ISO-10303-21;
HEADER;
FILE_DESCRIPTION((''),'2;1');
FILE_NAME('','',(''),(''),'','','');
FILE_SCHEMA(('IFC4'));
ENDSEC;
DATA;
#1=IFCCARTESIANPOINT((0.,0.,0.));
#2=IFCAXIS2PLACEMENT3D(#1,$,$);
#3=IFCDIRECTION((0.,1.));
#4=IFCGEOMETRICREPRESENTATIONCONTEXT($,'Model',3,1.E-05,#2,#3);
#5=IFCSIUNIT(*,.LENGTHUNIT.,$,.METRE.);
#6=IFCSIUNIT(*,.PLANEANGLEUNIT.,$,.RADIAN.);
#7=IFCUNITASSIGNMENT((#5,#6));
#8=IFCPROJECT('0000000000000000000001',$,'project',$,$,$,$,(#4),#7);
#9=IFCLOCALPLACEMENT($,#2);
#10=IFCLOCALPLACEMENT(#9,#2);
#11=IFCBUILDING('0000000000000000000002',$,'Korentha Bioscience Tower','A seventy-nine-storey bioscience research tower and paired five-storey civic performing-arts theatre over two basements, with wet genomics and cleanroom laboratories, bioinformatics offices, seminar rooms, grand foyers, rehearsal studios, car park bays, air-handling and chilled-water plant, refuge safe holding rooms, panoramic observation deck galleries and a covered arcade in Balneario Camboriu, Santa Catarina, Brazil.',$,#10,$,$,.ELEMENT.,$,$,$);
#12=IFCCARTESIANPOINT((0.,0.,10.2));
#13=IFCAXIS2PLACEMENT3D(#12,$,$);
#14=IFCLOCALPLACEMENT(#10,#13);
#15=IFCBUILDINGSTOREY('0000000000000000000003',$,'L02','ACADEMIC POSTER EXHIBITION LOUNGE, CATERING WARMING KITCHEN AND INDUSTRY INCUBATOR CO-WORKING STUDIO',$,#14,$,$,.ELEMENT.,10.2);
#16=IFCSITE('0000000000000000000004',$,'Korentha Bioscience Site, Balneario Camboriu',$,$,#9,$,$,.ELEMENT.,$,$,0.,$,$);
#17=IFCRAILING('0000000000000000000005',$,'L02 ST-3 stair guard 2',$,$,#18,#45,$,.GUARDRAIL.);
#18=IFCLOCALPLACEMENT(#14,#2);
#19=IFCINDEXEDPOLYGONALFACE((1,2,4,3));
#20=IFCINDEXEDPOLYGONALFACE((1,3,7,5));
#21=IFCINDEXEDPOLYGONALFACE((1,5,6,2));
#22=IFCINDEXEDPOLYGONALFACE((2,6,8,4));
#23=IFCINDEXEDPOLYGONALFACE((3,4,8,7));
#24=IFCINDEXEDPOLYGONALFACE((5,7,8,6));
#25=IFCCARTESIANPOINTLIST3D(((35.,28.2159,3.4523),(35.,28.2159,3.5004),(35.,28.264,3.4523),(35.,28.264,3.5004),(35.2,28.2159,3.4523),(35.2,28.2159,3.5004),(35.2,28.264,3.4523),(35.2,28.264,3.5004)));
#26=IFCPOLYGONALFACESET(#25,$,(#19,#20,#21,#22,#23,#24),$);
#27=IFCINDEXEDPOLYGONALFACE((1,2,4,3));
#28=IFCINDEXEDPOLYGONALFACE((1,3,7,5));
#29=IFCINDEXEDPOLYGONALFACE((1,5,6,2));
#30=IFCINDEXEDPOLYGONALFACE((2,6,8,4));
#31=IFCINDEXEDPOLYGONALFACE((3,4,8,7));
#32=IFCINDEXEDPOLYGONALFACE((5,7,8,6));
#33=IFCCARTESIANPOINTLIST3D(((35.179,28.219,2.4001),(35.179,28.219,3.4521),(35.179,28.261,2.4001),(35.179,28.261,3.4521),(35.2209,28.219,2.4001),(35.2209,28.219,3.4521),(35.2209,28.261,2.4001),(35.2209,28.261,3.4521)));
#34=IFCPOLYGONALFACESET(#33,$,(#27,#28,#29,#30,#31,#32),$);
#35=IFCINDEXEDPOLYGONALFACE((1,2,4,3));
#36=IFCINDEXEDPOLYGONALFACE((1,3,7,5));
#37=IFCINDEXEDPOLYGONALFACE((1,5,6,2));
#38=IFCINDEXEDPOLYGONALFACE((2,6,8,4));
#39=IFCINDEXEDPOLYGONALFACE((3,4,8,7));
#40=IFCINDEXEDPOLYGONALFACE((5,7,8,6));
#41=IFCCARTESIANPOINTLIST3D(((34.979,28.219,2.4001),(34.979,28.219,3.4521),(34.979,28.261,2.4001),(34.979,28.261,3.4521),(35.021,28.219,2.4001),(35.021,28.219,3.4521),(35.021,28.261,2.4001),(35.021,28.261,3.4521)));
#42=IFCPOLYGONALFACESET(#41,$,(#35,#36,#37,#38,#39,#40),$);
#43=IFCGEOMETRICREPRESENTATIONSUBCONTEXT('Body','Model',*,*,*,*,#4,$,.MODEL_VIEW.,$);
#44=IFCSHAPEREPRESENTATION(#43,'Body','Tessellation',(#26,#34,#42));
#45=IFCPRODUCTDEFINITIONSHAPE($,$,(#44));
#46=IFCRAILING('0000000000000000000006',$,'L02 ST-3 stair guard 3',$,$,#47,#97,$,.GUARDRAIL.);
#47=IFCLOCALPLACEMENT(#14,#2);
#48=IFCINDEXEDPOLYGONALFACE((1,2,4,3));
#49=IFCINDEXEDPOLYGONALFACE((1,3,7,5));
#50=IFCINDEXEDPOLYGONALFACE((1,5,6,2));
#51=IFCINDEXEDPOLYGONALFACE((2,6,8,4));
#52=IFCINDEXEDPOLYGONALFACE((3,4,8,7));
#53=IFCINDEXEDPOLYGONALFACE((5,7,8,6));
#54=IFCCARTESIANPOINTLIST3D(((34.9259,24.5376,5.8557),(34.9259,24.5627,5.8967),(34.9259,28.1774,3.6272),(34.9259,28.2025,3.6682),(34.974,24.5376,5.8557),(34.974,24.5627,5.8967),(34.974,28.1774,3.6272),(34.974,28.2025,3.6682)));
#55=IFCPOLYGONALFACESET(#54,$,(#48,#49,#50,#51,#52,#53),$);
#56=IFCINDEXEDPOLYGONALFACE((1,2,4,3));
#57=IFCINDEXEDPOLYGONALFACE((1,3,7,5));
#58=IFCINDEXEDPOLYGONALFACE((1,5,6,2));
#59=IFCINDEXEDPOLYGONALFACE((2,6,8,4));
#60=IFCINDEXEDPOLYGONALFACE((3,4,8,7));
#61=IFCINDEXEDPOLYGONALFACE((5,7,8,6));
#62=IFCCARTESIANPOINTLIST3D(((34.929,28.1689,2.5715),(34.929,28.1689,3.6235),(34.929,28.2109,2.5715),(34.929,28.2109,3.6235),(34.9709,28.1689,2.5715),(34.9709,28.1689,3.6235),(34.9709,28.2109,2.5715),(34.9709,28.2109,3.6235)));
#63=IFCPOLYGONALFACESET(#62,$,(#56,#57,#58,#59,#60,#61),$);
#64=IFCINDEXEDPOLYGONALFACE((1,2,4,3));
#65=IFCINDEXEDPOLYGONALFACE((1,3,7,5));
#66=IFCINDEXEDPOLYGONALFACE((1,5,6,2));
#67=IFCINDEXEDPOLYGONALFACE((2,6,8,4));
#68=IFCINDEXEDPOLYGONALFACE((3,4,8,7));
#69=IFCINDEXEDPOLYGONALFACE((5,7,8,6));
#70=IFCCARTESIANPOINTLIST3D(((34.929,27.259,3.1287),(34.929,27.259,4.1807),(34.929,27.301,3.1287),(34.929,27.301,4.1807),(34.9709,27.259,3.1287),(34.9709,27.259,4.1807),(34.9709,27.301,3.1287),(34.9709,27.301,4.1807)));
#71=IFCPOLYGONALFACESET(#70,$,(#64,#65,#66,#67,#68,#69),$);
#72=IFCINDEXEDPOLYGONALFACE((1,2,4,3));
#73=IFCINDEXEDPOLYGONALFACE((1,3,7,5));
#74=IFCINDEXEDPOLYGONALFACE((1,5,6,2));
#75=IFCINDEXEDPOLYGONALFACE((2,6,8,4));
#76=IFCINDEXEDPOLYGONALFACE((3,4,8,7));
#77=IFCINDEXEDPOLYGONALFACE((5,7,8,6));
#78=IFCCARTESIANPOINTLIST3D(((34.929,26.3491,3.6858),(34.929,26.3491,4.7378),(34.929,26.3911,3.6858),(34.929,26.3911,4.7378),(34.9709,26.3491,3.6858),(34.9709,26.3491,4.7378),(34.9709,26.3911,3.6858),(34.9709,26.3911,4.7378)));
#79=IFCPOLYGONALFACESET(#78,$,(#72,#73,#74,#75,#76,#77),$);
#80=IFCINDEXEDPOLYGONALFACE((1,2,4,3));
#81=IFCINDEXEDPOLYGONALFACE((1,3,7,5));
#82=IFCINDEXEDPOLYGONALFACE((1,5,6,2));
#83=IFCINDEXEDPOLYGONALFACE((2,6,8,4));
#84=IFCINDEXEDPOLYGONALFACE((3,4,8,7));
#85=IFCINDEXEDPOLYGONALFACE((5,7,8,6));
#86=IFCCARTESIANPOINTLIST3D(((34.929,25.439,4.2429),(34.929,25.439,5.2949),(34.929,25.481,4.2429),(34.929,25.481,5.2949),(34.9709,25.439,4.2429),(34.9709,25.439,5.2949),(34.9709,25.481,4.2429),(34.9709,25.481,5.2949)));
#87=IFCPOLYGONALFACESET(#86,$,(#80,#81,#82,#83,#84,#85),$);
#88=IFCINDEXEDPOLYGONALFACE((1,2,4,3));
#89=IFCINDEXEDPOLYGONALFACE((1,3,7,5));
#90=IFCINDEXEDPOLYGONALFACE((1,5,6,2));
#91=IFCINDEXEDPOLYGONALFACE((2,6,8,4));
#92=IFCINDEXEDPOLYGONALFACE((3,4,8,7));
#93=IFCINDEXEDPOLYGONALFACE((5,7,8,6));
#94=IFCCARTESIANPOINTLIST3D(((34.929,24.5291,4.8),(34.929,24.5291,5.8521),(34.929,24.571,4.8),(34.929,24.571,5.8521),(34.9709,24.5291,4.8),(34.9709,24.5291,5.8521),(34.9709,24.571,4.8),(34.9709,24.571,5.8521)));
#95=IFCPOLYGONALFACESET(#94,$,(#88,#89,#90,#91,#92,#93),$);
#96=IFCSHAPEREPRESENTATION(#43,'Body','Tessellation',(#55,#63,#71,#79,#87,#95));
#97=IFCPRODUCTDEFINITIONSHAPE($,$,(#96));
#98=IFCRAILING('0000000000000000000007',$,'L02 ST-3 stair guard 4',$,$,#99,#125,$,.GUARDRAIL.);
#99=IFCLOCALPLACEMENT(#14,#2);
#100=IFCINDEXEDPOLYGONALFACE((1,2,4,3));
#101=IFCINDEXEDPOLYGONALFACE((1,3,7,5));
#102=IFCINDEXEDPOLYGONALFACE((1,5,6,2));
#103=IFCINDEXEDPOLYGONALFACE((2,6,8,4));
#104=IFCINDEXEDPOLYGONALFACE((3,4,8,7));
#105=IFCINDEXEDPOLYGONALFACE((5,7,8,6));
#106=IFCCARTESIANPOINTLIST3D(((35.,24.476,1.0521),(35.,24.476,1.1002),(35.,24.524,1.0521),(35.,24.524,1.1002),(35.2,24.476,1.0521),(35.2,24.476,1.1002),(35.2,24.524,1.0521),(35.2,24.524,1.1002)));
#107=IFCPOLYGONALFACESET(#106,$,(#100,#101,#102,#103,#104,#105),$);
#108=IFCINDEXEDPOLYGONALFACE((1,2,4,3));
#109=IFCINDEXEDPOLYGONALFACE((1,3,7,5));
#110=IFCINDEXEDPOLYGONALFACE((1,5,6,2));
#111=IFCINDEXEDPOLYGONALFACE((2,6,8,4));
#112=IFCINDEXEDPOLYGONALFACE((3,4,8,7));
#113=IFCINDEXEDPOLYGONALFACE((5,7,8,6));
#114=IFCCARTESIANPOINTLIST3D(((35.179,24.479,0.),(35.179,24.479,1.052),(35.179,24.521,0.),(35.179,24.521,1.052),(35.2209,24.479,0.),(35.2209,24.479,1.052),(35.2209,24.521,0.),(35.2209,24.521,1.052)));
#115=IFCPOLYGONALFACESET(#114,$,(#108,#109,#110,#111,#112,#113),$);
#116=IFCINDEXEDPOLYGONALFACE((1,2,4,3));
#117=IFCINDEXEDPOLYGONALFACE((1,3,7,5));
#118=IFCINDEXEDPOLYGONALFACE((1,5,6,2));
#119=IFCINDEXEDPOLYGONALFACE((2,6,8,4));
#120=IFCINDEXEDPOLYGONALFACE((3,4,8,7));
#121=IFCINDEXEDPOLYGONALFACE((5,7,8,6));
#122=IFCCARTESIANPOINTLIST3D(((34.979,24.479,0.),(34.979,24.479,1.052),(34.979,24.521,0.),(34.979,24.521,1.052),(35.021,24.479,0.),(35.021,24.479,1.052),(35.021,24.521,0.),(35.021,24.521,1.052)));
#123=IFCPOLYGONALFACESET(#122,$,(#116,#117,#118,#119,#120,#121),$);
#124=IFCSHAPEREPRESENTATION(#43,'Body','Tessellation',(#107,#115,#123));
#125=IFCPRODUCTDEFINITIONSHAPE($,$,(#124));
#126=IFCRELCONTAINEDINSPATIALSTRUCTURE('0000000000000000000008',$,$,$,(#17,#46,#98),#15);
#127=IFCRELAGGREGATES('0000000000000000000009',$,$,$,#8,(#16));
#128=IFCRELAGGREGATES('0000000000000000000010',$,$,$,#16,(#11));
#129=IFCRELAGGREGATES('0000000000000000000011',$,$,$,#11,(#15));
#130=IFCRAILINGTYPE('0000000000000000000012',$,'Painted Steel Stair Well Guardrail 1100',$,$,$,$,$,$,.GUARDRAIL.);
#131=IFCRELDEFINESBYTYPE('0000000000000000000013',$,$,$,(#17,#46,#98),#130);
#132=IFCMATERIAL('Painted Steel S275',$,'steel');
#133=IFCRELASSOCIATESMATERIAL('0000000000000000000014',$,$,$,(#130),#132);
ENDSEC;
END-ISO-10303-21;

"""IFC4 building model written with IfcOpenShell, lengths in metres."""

from ifc_helpers import new_model, si_unit, direction, frame, origin, origin_2d, place, context, subcontext, project, spatial, rectangle, extrude, material, type_object, element, save


model = new_model("IFC4")

# Units and contexts
model_context = context("Model", 3, precision=1e-05, world=origin(), true_north=direction((0.0, 1.0)))
body_context = subcontext(model_context, "Body", "Model", "MODEL_VIEW")
ifc_project = project(units=[si_unit("LENGTHUNIT", "METRE"), si_unit("PLANEANGLEUNIT", "RADIAN")], contexts=[model_context])

# Site, building, storey
site_placement = place(None, origin())
site = spatial("IfcSite", under=ifc_project, at=site_placement, Name="Korentha Bioscience Site, Balneario Camboriu", CompositionType="ELEMENT", RefElevation=0.0)
building_placement = place(site_placement, origin())
building = spatial("IfcBuilding", under=site, at=building_placement, Name="Korentha Bioscience Tower", Description="A seventy-nine-storey bioscience research tower and paired five-storey civic performing-arts theatre over two basements, with wet genomics and cleanroom laboratories, bioinformatics offices, seminar rooms, grand foyers, rehearsal studios, car park bays, air-handling and chilled-water plant, refuge safe holding rooms, panoramic observation deck galleries and a covered arcade in Balneario Camboriu, Santa Catarina, Brazil.", CompositionType="ELEMENT")
storey_placement = place(building_placement, frame((0.0, 0.0, 10.2)))
storey = spatial("IfcBuildingStorey", under=building, at=storey_placement, Name="L02", Description="ACADEMIC POSTER EXHIBITION LOUNGE, CATERING WARMING KITCHEN AND INDUSTRY INCUBATOR CO-WORKING STUDIO", CompositionType="ELEMENT", Elevation=10.2)

# Railings
ifc_material_1 = material(Name="Painted Steel S275", Category="steel")
railing_type_1 = type_object("IfcRailingType", Name="Painted Steel Stair Well Guardrail 1100", PredefinedType="GUARDRAIL", material=ifc_material_1)
railing_1_placement = place(storey_placement, frame((35.2, 28.24, 2.4001)))
element("IfcRailing", 1, at=railing_1_placement, inside=storey, type_object=railing_type_1, Name="L02 ST-3 stair guard 2", PredefinedType="GUARDRAIL", context=body_context, shape_type="SweptSolid", body=[
    extrude(rectangle(XDim=0.0481, YDim=0.0481, at=origin_2d()), frame((0.0, 0.0, 1.0762), z_axis=(-1.0, 0.0, 0.0), x_axis=(0.0, -1.0, 0.0)), (0.0, 0.0, 1.0), 0.2),
    extrude(rectangle(XDim=0.042, YDim=0.042, at=origin_2d()), origin(), (0.0, 0.0, 1.0), 1.052),
    extrude(rectangle(XDim=0.042, YDim=0.042, at=origin_2d()), frame((-0.2, 0.0, 0.0)), (0.0, 0.0, 1.0), 1.052),
])
railing_2_placement = place(storey_placement, frame((34.95, 28.1899, 2.5715)))
element("IfcRailing", 2, at=railing_2_placement, inside=storey, type_object=railing_type_1, Name="L02 ST-3 stair guard 3", PredefinedType="GUARDRAIL", context=body_context, shape_type="SweptSolid", body=[
    extrude(rectangle(XDim=0.0481, YDim=0.0481, at=origin_2d()), frame((0.0, 0.0, 1.0762), z_axis=(0.0, -0.85285, 0.522156), x_axis=(1.0, 0.0, 0.0)), (0.0, 0.0, 1.0), 4.2678),
    extrude(rectangle(XDim=0.042, YDim=0.042, at=origin_2d()), origin(), (0.0, 0.0, 1.0), 1.052),
    extrude(rectangle(XDim=0.042, YDim=0.042, at=origin_2d()), frame((0.0, -0.9099, 0.5571)), (0.0, 0.0, 1.0), 1.052),
    extrude(rectangle(XDim=0.042, YDim=0.042, at=origin_2d()), frame((0.0, -1.8198, 1.1143)), (0.0, 0.0, 1.0), 1.052),
    extrude(rectangle(XDim=0.042, YDim=0.042, at=origin_2d()), frame((0.0, -2.73, 1.6714)), (0.0, 0.0, 1.0), 1.052),
    extrude(rectangle(XDim=0.042, YDim=0.042, at=origin_2d()), frame((0.0, -3.6399, 2.2285)), (0.0, 0.0, 1.0), 1.052),
])
railing_3_placement = place(storey_placement, frame((35.2, 24.5, 0.0)))
element("IfcRailing", 3, at=railing_3_placement, inside=storey, type_object=railing_type_1, Name="L02 ST-3 stair guard 4", PredefinedType="GUARDRAIL", context=body_context, shape_type="SweptSolid", body=[
    extrude(rectangle(XDim=0.0481, YDim=0.0481, at=origin_2d()), frame((0.0, 0.0, 1.0762), z_axis=(-1.0, 0.0, 0.0), x_axis=(0.0, -1.0, 0.0)), (0.0, 0.0, 1.0), 0.2),
    extrude(rectangle(XDim=0.042, YDim=0.042, at=origin_2d()), origin(), (0.0, 0.0, 1.0), 1.052),
    extrude(rectangle(XDim=0.042, YDim=0.042, at=origin_2d()), frame((-0.2, 0.0, 0.0)), (0.0, 0.0, 1.0), 1.052),
])

save(model, "model.ifc")
